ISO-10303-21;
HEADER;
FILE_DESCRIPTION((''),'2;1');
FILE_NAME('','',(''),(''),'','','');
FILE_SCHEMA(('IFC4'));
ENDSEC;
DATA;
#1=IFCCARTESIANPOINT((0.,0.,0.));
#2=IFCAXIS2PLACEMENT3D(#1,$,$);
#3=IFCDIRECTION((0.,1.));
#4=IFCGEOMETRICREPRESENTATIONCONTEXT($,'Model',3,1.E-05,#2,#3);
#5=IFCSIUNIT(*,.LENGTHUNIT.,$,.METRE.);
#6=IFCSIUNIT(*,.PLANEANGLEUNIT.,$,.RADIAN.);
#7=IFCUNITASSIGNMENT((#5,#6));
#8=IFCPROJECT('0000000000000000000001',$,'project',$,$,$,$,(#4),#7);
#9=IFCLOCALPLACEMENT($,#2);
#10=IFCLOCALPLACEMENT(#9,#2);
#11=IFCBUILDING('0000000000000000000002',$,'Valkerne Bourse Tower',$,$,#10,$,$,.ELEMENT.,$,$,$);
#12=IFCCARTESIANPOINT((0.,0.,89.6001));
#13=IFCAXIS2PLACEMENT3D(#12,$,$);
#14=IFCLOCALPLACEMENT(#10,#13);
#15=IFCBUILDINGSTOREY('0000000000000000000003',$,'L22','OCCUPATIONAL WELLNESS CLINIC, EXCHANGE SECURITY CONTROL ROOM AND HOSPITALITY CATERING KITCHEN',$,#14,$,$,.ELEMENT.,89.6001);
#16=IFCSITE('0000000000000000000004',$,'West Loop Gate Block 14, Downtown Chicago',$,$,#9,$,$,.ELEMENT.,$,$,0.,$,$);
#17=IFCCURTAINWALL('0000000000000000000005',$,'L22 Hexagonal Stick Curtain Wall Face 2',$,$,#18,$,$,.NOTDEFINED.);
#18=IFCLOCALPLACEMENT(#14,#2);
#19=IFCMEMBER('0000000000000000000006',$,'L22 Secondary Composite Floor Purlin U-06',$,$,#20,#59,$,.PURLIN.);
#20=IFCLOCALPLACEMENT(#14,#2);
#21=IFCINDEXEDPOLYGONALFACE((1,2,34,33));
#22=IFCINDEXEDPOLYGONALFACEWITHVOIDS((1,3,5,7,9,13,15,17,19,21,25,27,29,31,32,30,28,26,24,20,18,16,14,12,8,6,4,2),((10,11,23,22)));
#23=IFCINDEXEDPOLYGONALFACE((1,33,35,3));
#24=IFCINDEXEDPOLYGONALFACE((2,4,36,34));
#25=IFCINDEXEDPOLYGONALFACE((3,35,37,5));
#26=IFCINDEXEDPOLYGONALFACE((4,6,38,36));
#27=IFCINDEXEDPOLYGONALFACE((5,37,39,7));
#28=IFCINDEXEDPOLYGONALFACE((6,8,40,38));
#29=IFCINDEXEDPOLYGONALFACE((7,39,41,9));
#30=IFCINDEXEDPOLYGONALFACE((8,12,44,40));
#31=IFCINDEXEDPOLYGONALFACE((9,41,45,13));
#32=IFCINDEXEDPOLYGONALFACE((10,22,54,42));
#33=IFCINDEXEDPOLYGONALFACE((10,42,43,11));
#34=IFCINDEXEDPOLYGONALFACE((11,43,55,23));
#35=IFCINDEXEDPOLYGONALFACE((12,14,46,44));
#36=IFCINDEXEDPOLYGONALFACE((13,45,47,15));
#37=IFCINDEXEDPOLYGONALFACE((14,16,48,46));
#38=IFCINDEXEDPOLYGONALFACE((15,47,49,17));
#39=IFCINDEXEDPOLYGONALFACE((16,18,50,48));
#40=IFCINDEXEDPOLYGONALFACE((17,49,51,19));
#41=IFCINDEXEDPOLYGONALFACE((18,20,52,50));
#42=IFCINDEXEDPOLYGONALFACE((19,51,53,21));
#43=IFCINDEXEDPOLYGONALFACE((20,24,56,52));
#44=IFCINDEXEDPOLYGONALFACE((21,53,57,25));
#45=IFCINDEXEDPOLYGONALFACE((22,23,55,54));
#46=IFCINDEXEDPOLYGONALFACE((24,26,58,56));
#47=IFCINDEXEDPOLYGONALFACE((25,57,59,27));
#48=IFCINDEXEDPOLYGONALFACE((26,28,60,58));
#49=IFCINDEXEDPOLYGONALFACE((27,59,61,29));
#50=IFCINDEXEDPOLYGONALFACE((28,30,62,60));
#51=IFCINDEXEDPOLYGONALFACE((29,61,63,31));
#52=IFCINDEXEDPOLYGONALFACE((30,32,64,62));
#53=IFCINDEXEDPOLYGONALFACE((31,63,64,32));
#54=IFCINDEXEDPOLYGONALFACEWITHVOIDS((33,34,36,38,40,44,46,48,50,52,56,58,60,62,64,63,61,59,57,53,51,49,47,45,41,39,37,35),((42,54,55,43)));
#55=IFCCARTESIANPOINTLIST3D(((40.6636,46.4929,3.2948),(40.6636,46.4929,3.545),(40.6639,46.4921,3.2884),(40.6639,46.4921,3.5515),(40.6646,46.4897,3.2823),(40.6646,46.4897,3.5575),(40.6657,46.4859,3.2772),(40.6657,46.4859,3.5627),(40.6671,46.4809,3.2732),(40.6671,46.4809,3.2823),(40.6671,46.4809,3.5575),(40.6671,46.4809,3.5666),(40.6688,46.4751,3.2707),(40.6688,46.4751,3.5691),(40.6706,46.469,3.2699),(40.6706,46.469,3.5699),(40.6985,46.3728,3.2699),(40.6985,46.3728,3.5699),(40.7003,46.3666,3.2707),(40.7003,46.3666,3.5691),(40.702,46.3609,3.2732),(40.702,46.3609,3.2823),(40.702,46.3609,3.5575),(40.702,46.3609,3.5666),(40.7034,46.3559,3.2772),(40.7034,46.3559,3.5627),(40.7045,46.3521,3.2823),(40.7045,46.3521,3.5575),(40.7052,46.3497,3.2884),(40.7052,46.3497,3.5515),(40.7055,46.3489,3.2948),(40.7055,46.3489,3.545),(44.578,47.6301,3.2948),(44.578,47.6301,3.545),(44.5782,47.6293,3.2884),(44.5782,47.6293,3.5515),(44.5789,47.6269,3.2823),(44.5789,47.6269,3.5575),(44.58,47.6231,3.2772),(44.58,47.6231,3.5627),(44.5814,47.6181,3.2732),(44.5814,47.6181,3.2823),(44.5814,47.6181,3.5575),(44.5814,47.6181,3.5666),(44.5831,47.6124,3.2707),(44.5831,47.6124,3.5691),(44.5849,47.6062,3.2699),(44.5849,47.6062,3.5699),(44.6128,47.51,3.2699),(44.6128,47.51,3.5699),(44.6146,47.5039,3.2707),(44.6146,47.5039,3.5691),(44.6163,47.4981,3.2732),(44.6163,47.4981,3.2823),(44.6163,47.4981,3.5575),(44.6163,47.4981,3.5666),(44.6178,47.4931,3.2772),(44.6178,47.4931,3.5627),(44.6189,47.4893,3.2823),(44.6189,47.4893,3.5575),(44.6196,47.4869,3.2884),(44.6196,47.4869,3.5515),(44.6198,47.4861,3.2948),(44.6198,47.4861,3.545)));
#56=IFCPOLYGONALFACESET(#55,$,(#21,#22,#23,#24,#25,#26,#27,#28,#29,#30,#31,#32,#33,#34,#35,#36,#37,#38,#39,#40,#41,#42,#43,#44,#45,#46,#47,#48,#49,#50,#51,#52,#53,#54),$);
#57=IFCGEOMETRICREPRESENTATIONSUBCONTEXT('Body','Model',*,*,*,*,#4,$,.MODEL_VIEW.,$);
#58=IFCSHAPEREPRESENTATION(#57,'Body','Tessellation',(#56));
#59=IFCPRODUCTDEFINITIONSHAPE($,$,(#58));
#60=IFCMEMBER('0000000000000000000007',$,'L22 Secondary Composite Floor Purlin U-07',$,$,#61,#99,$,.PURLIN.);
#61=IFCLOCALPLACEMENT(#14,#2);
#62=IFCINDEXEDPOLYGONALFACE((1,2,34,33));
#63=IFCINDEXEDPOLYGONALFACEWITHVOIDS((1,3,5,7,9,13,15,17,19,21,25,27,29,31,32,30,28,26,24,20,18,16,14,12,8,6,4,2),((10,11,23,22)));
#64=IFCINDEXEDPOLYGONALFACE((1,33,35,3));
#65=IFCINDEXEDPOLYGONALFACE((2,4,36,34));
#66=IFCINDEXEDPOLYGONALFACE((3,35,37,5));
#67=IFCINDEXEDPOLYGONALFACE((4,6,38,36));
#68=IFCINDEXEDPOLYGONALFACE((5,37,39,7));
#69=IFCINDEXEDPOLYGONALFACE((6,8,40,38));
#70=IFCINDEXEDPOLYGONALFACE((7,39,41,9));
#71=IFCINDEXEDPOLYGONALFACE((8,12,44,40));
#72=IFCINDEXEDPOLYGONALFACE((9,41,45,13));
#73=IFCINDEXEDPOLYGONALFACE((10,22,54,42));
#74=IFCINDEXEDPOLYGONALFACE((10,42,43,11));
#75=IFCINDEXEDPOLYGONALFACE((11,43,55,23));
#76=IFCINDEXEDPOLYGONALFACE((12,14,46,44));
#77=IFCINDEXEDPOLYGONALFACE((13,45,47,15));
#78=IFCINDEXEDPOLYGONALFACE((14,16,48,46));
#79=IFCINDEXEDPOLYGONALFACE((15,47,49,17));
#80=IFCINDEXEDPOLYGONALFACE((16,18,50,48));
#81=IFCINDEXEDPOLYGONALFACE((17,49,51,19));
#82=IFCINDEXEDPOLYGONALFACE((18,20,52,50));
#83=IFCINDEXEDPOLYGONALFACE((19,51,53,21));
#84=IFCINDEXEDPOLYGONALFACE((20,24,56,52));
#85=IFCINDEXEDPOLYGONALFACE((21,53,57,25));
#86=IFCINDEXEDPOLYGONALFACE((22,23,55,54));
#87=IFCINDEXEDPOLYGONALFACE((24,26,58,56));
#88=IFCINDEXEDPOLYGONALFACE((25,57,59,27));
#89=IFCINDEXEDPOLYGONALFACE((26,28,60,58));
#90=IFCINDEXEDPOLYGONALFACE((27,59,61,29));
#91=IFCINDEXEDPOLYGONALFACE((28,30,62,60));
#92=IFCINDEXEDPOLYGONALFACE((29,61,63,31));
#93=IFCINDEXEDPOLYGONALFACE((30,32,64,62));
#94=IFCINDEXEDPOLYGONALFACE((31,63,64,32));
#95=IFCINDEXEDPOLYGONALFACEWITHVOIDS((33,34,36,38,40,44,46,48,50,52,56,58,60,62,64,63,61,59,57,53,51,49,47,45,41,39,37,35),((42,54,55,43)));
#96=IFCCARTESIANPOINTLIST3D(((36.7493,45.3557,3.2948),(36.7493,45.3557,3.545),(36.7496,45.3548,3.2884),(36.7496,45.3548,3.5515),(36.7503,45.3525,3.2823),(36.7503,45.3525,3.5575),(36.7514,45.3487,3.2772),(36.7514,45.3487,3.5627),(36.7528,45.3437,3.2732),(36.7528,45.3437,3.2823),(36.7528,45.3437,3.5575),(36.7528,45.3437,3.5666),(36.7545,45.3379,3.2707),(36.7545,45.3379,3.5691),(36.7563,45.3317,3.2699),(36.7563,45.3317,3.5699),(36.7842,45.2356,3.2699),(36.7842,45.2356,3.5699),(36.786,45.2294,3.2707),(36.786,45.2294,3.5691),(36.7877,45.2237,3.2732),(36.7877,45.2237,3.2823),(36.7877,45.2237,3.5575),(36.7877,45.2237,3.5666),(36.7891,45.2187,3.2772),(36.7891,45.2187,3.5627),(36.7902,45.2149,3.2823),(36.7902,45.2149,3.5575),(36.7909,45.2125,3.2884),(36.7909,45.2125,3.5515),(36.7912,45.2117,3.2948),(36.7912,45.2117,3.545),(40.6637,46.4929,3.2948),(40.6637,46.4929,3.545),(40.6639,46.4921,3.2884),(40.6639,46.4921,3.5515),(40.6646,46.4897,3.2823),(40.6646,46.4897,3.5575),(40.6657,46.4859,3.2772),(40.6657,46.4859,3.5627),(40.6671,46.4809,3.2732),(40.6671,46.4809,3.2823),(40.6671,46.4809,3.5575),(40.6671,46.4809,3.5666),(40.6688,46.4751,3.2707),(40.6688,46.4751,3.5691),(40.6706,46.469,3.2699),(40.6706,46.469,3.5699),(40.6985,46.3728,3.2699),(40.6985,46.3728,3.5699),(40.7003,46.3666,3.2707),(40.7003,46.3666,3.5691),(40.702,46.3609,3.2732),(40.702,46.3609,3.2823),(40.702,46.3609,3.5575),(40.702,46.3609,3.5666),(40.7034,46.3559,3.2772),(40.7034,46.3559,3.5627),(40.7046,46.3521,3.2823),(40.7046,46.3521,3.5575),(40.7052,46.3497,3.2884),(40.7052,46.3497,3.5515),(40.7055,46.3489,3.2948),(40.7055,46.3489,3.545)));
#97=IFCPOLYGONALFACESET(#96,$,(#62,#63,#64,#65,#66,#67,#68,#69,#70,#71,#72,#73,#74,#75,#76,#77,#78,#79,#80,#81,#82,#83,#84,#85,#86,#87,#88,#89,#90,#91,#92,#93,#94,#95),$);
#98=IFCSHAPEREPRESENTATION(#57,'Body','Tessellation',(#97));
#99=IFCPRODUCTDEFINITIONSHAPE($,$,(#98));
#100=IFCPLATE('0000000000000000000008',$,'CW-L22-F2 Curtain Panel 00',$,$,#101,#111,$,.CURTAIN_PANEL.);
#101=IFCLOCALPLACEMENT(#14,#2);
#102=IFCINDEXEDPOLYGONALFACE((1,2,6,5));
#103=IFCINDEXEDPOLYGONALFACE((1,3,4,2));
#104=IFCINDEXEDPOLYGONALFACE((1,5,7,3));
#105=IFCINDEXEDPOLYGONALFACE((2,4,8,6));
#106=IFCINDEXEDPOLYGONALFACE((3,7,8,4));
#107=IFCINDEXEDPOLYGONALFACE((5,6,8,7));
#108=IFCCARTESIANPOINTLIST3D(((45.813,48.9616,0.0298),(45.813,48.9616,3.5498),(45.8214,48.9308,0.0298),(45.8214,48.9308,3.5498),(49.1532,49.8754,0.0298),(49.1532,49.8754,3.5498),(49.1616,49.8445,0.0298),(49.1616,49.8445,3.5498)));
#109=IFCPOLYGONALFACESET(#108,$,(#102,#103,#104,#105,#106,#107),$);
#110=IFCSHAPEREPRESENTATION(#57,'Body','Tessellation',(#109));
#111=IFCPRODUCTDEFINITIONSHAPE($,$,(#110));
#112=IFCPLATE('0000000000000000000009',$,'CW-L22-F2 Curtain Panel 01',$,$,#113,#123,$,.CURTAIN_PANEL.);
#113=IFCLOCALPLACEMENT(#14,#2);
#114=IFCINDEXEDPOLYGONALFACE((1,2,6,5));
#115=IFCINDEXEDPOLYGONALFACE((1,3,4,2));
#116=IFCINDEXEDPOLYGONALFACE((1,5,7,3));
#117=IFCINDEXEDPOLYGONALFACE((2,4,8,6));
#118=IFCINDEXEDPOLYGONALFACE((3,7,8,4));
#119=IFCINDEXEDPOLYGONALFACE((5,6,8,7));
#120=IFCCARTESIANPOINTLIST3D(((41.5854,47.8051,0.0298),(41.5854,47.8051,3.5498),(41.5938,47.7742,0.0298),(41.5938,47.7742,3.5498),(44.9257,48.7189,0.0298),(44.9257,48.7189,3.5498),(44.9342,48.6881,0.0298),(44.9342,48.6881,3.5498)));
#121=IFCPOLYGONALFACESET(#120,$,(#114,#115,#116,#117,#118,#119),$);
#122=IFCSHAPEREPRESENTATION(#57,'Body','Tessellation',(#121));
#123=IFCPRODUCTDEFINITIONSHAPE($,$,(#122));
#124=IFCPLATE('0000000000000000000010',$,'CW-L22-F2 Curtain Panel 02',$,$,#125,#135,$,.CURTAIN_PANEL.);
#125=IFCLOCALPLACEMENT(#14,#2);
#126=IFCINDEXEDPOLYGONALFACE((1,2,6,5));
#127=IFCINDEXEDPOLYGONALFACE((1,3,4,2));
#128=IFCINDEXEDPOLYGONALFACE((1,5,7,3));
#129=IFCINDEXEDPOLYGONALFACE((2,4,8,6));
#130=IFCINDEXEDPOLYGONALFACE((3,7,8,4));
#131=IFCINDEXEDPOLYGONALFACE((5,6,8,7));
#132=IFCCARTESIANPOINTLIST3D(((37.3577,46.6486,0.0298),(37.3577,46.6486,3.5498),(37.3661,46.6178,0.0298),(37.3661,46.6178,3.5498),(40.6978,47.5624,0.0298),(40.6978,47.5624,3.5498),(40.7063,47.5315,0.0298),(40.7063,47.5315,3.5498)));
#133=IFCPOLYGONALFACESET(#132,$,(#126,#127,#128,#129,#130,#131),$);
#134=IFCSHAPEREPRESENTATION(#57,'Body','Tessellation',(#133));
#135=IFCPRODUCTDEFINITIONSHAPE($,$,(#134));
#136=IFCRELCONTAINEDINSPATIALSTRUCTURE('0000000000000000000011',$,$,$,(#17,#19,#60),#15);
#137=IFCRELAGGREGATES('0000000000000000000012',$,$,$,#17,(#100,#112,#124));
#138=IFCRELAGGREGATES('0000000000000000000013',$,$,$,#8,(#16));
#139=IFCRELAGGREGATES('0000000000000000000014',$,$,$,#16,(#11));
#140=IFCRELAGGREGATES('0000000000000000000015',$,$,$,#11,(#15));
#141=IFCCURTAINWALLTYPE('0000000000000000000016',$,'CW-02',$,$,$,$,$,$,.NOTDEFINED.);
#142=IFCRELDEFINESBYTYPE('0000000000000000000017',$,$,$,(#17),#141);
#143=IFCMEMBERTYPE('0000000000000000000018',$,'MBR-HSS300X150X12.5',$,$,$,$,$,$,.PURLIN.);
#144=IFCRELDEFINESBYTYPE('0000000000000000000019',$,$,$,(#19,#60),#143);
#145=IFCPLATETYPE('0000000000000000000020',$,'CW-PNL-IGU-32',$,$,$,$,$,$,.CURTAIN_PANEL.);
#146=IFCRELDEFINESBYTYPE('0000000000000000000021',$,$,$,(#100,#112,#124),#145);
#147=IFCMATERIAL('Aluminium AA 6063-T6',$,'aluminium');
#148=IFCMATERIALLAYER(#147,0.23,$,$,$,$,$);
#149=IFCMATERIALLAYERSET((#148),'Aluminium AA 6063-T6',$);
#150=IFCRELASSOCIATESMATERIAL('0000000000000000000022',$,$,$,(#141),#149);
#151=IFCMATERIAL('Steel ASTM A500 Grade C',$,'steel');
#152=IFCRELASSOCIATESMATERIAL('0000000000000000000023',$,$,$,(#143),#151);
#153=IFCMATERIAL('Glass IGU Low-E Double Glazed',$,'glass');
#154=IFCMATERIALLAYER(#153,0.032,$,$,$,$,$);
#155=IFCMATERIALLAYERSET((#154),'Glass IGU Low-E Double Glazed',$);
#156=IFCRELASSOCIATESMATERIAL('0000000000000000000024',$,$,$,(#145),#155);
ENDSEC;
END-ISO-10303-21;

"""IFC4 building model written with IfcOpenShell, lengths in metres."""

from ifc_helpers import new_model, si_unit, direction, frame, origin, origin_2d, place, context, subcontext, project, spatial, rectangle, hollow_rectangle, extrude, material, layer, layer_set, material_profile, profile_set, type_object, element, aggregate, save


model = new_model("IFC4")

# Units and contexts
model_context = context("Model", 3, precision=1e-05, world=origin(), true_north=direction((0.0, 1.0)))
body_context = subcontext(model_context, "Body", "Model", "MODEL_VIEW")
ifc_project = project(units=[si_unit("LENGTHUNIT", "METRE"), si_unit("PLANEANGLEUNIT", "RADIAN")], contexts=[model_context])

# Site, building, storey
site_placement = place(None, origin())
site = spatial("IfcSite", under=ifc_project, at=site_placement, Name="West Loop Gate Block 14, Downtown Chicago", CompositionType="ELEMENT", RefElevation=0.0)
building_placement = place(site_placement, origin())
building = spatial("IfcBuilding", under=site, at=building_placement, Name="Valkerne Bourse Tower", CompositionType="ELEMENT")
storey_placement = place(building_placement, frame((0.0, 0.0, 89.6001)))
storey = spatial("IfcBuildingStorey", under=building, at=storey_placement, Name="L22", Description="OCCUPATIONAL WELLNESS CLINIC, EXCHANGE SECURITY CONTROL ROOM AND HOSPITALITY CATERING KITCHEN", CompositionType="ELEMENT", Elevation=89.6001)

# Curtain wall
ifc_material_1 = material(Name="Aluminium AA 6063-T6", Category="aluminium")
ifc_layer_1 = layer(ifc_material_1, 0.23)
ifc_layer_set_1 = layer_set([ifc_layer_1], Name="Aluminium AA 6063-T6")
curtain_wall_type = type_object("IfcCurtainWallType", Name="CW-02", PredefinedType="NOTDEFINED", material=ifc_layer_set_1)
curtain_wall_placement = place(storey_placement, origin())
curtain_wall = element("IfcCurtainWall", 1, at=curtain_wall_placement, inside=storey, type_object=curtain_wall_type, Name="L22 Hexagonal Stick Curtain Wall Face 2", PredefinedType="NOTDEFINED")

# Members
ifc_material_2 = material(Name="Steel ASTM A500 Grade C", Category="steel")
ifc_material_profile_1 = material_profile(ifc_material_2, hollow_rectangle(XDim=0.1499, YDim=0.3, WallThickness=0.0125, OuterFilletRadius=0.0249, at=origin_2d()), Name="HSS300X150X12.5")
ifc_profile_set_1 = profile_set([ifc_material_profile_1], Name="Steel ASTM A500 Grade C")
member_type_1 = type_object("IfcMemberType", Name="MBR-HSS300X150X12.5", PredefinedType="PURLIN", material=ifc_profile_set_1)
for number, where, z_axis, x_axis, name in (
    (2, (44.5989, 47.5581, 3.4199), (-0.960294, -0.27899, 0.0), (0.27899, -0.960294, 0.0), "L22 Secondary Composite Floor Purlin U-06"),
    (3, (40.6846, 46.4209, 3.4199), (-0.960294, -0.27899, 0.0), (0.27899, -0.960294, 0.0), "L22 Secondary Composite Floor Purlin U-07"),
):
    element("IfcMember", number, at=place(storey_placement, frame(where, z_axis=z_axis, x_axis=x_axis)), inside=storey, type_object=member_type_1, Name=name, PredefinedType="PURLIN", context=body_context, shape_type="SweptSolid", body=[
        extrude(hollow_rectangle(XDim=0.1499, YDim=0.3, WallThickness=0.0125, OuterFilletRadius=0.0249, at=origin_2d()), origin(), (0.0, 0.0, 1.0), 4.0762),
    ])

# Plates
ifc_material_3 = material(Name="Glass IGU Low-E Double Glazed", Category="glass")
ifc_layer_2 = layer(ifc_material_3, 0.032)
ifc_layer_set_2 = layer_set([ifc_layer_2], Name="Glass IGU Low-E Double Glazed")
plate_type = type_object("IfcPlateType", Name="CW-PNL-IGU-32", PredefinedType="CURTAIN_PANEL", material=ifc_layer_set_2)
plate_1_placement = place(storey_placement, frame((47.4873, 49.4031, 0.0298), z_axis=(0.0, 0.0, 1.0), x_axis=(-0.96456, -0.263864, 0.0)))
plate_1 = element("IfcPlate", 4, at=plate_1_placement, type_object=plate_type, Name="CW-L22-F2 Curtain Panel 00", PredefinedType="CURTAIN_PANEL", context=body_context, shape_type="SweptSolid", body=[
    extrude(rectangle(XDim=3.4629, YDim=0.032, at=origin_2d()), origin(), (0.0, 0.0, 1.0), 3.52),
])
plate_2_placement = place(storey_placement, frame((43.2598, 48.2466, 0.0298), z_axis=(0.0, 0.0, 1.0), x_axis=(-0.964556, -0.26388, 0.0)))
plate_2 = element("IfcPlate", 5, at=plate_2_placement, type_object=plate_type, Name="CW-L22-F2 Curtain Panel 01", PredefinedType="CURTAIN_PANEL", context=body_context, shape_type="SweptSolid", body=[
    extrude(rectangle(XDim=3.4631, YDim=0.032, at=origin_2d()), origin(), (0.0, 0.0, 1.0), 3.52),
])
plate_3_placement = place(storey_placement, frame((39.032, 47.0901, 0.0298), z_axis=(0.0, 0.0, 1.0), x_axis=(-0.96456, -0.263864, 0.0)))
plate_3 = element("IfcPlate", 6, at=plate_3_placement, type_object=plate_type, Name="CW-L22-F2 Curtain Panel 02", PredefinedType="CURTAIN_PANEL", context=body_context, shape_type="SweptSolid", body=[
    extrude(rectangle(XDim=3.4629, YDim=0.032, at=origin_2d()), origin(), (0.0, 0.0, 1.0), 3.52),
])
aggregate(curtain_wall, [plate_1, plate_2, plate_3])

save(model, "model.ifc")
